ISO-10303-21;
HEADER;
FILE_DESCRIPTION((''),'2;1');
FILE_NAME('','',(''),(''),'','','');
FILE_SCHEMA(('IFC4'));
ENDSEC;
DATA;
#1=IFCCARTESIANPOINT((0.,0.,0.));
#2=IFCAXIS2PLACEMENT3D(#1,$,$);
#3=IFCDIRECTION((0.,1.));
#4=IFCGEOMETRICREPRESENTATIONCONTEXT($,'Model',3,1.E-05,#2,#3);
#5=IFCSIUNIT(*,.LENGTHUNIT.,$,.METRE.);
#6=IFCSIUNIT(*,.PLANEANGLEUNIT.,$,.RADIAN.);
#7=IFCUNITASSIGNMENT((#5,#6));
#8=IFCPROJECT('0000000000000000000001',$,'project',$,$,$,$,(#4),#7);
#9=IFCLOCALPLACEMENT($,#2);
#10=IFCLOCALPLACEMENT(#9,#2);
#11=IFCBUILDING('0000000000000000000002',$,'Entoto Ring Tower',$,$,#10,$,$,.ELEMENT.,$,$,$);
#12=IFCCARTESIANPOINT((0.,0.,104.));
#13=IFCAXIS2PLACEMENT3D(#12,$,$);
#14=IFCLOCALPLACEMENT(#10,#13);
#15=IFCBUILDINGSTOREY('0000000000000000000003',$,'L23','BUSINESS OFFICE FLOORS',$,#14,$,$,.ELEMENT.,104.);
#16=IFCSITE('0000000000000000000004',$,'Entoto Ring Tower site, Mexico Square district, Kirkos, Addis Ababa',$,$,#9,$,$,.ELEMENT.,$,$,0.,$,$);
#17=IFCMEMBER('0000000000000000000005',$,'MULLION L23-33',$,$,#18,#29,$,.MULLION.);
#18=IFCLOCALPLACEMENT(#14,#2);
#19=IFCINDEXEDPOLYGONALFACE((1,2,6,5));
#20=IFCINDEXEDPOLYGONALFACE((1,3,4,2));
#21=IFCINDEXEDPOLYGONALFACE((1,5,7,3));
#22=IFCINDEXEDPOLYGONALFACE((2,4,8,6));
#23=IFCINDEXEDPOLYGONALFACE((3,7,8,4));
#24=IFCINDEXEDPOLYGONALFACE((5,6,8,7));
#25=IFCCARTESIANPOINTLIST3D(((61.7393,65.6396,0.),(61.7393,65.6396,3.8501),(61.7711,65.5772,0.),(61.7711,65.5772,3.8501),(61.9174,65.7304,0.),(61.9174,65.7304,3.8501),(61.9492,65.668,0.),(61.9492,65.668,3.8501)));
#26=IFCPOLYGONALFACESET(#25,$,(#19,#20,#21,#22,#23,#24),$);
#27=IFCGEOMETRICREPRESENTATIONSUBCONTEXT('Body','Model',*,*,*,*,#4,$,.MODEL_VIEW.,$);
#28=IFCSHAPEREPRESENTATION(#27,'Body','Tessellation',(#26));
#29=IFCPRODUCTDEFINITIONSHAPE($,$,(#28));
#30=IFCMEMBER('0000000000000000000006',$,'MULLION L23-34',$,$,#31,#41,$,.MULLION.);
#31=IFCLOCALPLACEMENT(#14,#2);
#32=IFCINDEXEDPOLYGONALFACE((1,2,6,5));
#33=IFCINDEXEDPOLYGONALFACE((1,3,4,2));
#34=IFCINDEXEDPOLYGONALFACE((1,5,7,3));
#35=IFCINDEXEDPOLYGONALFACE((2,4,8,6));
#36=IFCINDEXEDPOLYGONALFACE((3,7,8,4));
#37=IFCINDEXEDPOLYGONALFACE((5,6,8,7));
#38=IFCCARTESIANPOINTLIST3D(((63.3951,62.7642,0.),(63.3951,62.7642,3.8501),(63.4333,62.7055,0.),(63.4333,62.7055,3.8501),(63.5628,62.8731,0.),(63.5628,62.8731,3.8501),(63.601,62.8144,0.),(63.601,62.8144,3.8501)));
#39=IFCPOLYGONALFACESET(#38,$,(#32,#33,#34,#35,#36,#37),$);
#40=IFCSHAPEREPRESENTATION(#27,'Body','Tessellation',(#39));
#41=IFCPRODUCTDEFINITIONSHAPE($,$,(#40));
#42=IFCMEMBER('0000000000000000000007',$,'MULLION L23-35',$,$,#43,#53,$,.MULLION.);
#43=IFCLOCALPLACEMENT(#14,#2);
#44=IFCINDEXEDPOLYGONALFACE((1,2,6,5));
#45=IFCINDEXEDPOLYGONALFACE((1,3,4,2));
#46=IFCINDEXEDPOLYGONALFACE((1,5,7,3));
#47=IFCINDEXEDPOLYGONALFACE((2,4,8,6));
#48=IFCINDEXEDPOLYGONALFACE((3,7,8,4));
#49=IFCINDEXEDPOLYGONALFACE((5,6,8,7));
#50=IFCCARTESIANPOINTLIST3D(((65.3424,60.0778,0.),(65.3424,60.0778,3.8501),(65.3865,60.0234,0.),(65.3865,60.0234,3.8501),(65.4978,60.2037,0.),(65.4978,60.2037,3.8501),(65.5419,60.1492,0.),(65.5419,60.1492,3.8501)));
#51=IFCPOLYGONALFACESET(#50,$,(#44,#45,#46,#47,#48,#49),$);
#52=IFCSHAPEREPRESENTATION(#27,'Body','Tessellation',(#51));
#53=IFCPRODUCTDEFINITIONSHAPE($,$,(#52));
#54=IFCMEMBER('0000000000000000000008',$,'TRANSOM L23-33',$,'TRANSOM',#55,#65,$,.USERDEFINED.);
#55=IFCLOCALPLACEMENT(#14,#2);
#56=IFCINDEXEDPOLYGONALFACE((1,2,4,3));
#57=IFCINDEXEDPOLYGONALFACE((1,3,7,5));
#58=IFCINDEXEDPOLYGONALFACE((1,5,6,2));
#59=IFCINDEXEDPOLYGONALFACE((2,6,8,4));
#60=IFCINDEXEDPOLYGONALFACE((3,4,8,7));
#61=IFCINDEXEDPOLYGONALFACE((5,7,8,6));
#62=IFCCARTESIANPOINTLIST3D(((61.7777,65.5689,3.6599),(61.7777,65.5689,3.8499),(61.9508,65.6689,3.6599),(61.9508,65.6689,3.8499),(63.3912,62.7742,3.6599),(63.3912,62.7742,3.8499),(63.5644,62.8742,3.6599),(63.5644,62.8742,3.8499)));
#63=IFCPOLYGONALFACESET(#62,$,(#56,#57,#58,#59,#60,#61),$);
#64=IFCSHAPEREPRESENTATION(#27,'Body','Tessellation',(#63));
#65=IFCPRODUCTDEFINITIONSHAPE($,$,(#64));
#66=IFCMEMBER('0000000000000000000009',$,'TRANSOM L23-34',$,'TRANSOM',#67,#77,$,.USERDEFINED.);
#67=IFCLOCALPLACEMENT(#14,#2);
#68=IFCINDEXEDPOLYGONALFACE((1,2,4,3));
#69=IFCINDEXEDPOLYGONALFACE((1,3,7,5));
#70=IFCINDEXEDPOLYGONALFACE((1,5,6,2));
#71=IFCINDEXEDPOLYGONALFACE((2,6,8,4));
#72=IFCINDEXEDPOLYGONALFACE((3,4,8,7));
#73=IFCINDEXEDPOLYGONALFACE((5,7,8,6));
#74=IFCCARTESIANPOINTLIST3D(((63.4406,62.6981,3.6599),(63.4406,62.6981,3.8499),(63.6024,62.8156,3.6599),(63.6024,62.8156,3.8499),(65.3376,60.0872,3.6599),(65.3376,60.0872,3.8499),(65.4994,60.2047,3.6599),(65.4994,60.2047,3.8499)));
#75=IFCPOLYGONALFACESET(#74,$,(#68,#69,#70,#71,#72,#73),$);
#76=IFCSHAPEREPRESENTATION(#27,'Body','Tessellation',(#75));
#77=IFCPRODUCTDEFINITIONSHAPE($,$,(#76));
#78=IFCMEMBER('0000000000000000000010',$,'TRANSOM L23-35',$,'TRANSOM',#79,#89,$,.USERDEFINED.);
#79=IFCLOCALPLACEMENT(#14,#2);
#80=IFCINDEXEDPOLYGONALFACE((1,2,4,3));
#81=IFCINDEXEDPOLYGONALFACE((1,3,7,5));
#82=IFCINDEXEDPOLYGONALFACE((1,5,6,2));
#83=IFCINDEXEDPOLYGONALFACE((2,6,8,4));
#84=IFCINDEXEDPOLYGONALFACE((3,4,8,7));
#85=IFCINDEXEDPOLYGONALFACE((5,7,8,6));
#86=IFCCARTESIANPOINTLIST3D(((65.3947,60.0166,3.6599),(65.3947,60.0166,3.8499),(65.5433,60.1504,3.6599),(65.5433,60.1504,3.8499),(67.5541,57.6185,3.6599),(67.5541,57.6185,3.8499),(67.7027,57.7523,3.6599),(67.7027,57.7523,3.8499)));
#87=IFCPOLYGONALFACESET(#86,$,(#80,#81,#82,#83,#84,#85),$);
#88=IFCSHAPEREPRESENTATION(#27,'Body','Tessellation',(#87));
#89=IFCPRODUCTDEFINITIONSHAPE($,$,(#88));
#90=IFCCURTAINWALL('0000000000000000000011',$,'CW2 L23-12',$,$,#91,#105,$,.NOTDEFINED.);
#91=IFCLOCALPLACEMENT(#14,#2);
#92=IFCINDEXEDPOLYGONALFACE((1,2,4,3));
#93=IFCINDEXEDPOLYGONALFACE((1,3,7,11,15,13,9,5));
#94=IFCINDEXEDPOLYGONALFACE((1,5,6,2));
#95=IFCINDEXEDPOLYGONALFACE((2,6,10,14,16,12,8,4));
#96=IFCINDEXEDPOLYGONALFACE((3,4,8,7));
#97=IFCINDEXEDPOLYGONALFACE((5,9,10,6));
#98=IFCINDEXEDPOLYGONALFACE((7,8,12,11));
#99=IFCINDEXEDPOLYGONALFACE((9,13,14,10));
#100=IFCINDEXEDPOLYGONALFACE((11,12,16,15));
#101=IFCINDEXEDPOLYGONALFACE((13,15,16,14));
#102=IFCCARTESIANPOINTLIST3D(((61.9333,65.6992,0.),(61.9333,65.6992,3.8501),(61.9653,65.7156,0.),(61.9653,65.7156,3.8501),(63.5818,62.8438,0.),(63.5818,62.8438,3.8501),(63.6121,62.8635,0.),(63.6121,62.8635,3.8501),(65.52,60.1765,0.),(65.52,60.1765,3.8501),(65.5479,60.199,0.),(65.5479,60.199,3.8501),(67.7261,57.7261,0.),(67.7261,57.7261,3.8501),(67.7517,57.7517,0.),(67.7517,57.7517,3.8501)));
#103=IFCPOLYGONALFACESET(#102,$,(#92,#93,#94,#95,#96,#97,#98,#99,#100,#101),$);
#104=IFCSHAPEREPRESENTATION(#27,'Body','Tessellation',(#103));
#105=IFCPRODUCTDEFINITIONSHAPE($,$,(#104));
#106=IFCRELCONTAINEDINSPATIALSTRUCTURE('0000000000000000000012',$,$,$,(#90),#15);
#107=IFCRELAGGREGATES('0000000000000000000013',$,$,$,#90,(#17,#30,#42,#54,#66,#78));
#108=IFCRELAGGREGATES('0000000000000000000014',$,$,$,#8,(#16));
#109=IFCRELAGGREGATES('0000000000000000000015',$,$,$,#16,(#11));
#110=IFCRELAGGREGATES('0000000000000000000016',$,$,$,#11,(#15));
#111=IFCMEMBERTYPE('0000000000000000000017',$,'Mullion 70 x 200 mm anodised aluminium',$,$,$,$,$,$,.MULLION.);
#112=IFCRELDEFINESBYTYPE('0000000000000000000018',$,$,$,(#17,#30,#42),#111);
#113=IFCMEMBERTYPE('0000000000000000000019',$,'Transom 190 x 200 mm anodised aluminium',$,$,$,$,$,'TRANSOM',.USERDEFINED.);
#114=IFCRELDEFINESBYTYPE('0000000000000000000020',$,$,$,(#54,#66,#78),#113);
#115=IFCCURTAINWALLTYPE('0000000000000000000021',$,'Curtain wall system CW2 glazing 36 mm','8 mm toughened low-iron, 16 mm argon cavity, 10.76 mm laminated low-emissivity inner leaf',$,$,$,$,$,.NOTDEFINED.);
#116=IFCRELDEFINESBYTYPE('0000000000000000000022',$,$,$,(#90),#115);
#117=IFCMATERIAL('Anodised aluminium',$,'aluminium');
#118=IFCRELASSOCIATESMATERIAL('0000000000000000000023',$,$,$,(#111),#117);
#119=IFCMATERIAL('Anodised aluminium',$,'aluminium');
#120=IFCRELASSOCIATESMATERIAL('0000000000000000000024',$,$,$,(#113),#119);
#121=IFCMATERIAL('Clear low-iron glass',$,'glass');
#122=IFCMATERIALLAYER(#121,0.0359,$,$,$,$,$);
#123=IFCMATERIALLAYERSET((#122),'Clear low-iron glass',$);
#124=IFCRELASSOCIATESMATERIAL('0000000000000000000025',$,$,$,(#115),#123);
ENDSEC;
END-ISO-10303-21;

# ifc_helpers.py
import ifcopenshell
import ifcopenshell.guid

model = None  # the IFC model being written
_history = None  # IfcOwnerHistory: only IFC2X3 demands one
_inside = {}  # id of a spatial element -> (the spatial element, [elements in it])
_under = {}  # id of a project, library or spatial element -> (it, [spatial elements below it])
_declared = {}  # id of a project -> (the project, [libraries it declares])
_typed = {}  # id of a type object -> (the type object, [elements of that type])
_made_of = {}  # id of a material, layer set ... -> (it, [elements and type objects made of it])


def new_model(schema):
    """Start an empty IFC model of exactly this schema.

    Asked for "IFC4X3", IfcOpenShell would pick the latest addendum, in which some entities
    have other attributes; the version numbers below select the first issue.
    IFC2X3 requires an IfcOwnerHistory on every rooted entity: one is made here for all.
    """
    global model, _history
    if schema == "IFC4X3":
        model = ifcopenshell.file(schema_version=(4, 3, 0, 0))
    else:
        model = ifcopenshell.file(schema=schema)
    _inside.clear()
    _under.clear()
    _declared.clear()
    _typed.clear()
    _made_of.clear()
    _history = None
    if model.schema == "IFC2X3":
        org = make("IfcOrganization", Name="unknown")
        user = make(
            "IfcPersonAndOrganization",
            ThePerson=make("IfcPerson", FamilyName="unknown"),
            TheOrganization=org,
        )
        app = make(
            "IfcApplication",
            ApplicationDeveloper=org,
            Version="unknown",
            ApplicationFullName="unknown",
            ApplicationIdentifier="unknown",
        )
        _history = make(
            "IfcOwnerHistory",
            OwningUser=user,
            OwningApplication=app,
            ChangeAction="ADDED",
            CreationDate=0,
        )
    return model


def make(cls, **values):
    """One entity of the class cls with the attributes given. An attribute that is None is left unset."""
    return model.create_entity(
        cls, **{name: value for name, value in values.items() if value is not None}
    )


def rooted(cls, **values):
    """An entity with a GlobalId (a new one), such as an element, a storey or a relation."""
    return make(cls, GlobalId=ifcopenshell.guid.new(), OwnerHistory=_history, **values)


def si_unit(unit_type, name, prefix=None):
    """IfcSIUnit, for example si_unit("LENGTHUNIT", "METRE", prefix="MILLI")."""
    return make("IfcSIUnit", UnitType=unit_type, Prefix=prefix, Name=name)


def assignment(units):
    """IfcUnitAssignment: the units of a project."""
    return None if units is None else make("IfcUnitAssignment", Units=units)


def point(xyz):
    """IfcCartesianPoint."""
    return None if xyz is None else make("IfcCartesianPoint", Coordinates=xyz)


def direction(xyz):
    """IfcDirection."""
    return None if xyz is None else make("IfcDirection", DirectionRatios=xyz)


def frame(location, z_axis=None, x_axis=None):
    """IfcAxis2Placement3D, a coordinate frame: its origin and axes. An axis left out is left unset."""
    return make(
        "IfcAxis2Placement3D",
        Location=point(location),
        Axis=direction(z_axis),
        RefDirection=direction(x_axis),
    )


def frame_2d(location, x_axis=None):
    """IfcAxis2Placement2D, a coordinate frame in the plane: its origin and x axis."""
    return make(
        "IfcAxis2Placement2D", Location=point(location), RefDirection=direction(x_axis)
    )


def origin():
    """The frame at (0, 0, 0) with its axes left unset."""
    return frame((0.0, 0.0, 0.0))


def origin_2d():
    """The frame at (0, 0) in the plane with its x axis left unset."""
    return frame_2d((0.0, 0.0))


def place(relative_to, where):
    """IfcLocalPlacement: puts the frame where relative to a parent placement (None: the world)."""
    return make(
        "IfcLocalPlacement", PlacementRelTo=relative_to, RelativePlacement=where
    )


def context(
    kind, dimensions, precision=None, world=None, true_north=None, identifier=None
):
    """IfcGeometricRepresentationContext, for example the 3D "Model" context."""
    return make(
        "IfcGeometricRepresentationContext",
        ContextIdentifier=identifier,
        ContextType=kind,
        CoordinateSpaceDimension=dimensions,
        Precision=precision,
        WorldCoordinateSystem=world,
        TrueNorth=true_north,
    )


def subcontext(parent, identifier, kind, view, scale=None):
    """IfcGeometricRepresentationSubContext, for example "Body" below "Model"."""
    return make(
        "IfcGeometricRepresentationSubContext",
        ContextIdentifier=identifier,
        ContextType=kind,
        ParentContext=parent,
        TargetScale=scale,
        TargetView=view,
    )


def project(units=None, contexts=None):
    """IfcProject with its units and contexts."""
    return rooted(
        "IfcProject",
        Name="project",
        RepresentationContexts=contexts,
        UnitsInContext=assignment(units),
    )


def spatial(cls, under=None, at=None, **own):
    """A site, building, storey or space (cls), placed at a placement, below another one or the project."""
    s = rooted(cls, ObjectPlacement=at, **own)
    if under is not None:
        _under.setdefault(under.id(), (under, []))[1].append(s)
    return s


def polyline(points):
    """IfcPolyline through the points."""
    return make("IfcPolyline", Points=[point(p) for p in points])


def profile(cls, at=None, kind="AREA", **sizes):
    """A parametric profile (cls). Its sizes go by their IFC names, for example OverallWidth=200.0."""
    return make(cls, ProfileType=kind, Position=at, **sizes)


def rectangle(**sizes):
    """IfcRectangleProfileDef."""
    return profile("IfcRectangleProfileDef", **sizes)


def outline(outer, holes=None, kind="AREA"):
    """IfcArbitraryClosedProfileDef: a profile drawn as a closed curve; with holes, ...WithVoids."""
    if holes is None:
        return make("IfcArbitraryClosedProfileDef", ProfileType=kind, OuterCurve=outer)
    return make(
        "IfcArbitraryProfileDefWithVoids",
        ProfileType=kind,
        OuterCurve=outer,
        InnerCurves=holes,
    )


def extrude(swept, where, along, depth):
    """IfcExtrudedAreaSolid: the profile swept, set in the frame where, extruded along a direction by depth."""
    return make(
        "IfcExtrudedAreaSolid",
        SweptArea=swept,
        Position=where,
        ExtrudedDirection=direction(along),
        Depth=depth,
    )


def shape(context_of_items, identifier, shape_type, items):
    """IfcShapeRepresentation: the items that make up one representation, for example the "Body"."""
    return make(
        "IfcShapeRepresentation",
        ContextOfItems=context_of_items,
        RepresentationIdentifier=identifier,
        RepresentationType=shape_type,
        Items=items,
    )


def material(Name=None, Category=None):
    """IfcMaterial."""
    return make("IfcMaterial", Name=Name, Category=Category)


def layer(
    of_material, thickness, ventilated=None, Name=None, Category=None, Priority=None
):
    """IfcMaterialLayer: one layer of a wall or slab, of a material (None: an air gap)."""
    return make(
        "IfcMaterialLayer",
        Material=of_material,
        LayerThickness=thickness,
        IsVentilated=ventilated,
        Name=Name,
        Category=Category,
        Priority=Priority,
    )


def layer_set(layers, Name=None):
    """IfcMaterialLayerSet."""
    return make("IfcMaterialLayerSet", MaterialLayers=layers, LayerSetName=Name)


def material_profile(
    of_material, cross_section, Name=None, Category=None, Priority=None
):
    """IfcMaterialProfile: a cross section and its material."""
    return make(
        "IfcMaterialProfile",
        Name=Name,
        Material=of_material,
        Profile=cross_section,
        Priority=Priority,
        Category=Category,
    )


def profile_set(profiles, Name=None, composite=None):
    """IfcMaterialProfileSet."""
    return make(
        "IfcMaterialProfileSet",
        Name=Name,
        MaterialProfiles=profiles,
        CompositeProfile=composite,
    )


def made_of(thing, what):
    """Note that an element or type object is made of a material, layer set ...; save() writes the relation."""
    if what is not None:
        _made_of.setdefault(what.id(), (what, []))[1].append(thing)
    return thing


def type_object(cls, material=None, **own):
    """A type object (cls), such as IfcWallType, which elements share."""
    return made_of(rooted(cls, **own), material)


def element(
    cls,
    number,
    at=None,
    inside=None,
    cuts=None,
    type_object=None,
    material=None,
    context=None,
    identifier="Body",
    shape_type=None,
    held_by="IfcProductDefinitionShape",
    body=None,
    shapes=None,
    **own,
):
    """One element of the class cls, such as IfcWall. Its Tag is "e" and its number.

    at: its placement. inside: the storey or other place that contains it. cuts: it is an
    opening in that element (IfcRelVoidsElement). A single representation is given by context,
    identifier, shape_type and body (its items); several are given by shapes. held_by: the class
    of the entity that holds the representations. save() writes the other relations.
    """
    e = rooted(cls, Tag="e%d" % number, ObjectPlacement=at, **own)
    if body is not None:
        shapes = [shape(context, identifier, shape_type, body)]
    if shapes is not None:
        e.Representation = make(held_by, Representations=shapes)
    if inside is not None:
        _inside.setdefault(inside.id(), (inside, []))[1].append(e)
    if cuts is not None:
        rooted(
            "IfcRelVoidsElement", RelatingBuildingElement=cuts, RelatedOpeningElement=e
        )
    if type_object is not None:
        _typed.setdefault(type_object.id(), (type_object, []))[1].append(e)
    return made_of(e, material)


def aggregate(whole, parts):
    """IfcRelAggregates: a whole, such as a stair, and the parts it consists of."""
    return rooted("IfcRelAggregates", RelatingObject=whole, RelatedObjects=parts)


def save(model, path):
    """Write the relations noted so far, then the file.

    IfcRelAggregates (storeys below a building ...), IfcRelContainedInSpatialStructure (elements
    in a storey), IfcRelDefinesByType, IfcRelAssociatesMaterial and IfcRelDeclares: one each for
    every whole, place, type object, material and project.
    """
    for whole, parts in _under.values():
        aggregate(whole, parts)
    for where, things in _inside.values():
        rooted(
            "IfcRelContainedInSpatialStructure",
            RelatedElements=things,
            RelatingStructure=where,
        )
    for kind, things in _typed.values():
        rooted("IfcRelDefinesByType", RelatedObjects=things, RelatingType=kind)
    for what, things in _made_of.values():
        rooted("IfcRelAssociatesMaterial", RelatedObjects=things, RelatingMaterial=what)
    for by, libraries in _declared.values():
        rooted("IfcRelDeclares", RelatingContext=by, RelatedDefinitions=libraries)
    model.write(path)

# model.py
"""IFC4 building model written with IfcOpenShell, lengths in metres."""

from ifc_helpers import new_model, si_unit, direction, frame, origin, origin_2d, place, context, subcontext, project, spatial, polyline, rectangle, outline, extrude, material, layer, layer_set, material_profile, profile_set, type_object, element, aggregate, save


model = new_model("IFC4")

# Units and contexts
model_context = context("Model", 3, precision=1e-05, world=origin(), true_north=direction((0.0, 1.0)))
body_context = subcontext(model_context, "Body", "Model", "MODEL_VIEW")
ifc_project = project(units=[si_unit("LENGTHUNIT", "METRE"), si_unit("PLANEANGLEUNIT", "RADIAN")], contexts=[model_context])

# Members
ifc_material_1 = material(Name="Anodised aluminium", Category="aluminium")
ifc_material_profile_1 = material_profile(ifc_material_1, rectangle(XDim=0.0701, YDim=0.2, at=origin_2d()), Name="Mullion 70 x 200 mm anodised aluminium")
ifc_profile_set_1 = profile_set([ifc_material_profile_1], Name="Anodised aluminium")
member_type_1 = type_object("IfcMemberType", Name="Mullion 70 x 200 mm anodised aluminium", PredefinedType="MULLION", material=ifc_profile_set_1)
site_placement = place(None, origin())
building_placement = place(site_placement, origin())
storey_placement = place(building_placement, frame((0.0, 0.0, 104.0)))
member_1_placement = place(storey_placement, frame((61.8442, 65.6538, 0.0), z_axis=(0.0, 0.0, 1.0), x_axis=(0.45399, -0.891007, 0.0)))
member_1 = element("IfcMember", 1, at=member_1_placement, type_object=member_type_1, Name="MULLION L23-33", PredefinedType="MULLION", context=body_context, shape_type="SweptSolid", body=[
    extrude(rectangle(XDim=0.0701, YDim=0.2, at=origin_2d()), origin(), (0.0, 0.0, 1.0), 3.8501),
])
member_2_placement = place(storey_placement, frame((63.498, 62.7893, 0.0), z_axis=(0.0, 0.0, 1.0), x_axis=(0.544639, -0.838671, 0.0)))
member_2 = element("IfcMember", 2, at=member_2_placement, type_object=member_type_1, Name="MULLION L23-34", PredefinedType="MULLION", context=body_context, shape_type="SweptSolid", body=[
    extrude(rectangle(XDim=0.0701, YDim=0.2, at=origin_2d()), origin(), (0.0, 0.0, 1.0), 3.8501),
])
member_3_placement = place(storey_placement, frame((65.4421, 60.1135, 0.0), z_axis=(0.0, 0.0, 1.0), x_axis=(0.62932, -0.777146, 0.0)))
member_3 = element("IfcMember", 3, at=member_3_placement, type_object=member_type_1, Name="MULLION L23-35", PredefinedType="MULLION", context=body_context, shape_type="SweptSolid", body=[
    extrude(rectangle(XDim=0.0701, YDim=0.2, at=origin_2d()), origin(), (0.0, 0.0, 1.0), 3.8501),
])
ifc_material_2 = material(Name="Anodised aluminium", Category="aluminium")
ifc_material_profile_2 = material_profile(ifc_material_2, rectangle(XDim=0.2, YDim=0.1899, at=origin_2d()), Name="Transom 190 x 200 mm anodised aluminium")
ifc_profile_set_2 = profile_set([ifc_material_profile_2], Name="Anodised aluminium")
member_type_2 = type_object("IfcMemberType", Name="Transom 190 x 200 mm anodised aluminium", ElementType="TRANSOM", PredefinedType="USERDEFINED", material=ifc_profile_set_2)
member_4_placement = place(storey_placement, frame((61.8643, 65.6189, 3.7549), z_axis=(0.500004, -0.866023, 0.0), x_axis=(0.866023, 0.500004, 0.0)))
member_4 = element("IfcMember", 4, at=member_4_placement, type_object=member_type_2, Name="TRANSOM L23-33", ObjectType="TRANSOM", PredefinedType="USERDEFINED", context=body_context, shape_type="SweptSolid", body=[
    extrude(rectangle(XDim=0.2, YDim=0.1899, at=origin_2d()), origin(), (0.0, 0.0, 1.0), 3.2271),
])
member_5_placement = place(storey_placement, frame((63.5215, 62.7568, 3.7549), z_axis=(0.587803, -0.809004, 0.0), x_axis=(0.809004, 0.587803, 0.0)))
member_5 = element("IfcMember", 5, at=member_5_placement, type_object=member_type_2, Name="TRANSOM L23-34", ObjectType="TRANSOM", PredefinedType="USERDEFINED", context=body_context, shape_type="SweptSolid", body=[
    extrude(rectangle(XDim=0.2, YDim=0.1899, at=origin_2d()), origin(), (0.0, 0.0, 1.0), 3.2273),
])
member_6_placement = place(storey_placement, frame((65.469, 60.0835, 3.7549), z_axis=(0.669144, -0.743132, 0.0), x_axis=(0.743132, 0.669144, 0.0)))
member_6 = element("IfcMember", 6, at=member_6_placement, type_object=member_type_2, Name="TRANSOM L23-35", ObjectType="TRANSOM", PredefinedType="USERDEFINED", context=body_context, shape_type="SweptSolid", body=[
    extrude(rectangle(XDim=0.2, YDim=0.1899, at=origin_2d()), origin(), (0.0, 0.0, 1.0), 3.2271),
])

# Site, building, storey
site = spatial("IfcSite", under=ifc_project, at=site_placement, Name="Entoto Ring Tower site, Mexico Square district, Kirkos, Addis Ababa", CompositionType="ELEMENT", RefElevation=0.0)
building = spatial("IfcBuilding", under=site, at=building_placement, Name="Entoto Ring Tower", CompositionType="ELEMENT")
storey = spatial("IfcBuildingStorey", under=building, at=storey_placement, Name="L23", Description="BUSINESS OFFICE FLOORS", CompositionType="ELEMENT", Elevation=104.0)

# Curtain wall
ifc_material_3 = material(Name="Clear low-iron glass", Category="glass")
ifc_layer = layer(ifc_material_3, 0.0359)
ifc_layer_set = layer_set([ifc_layer], Name="Clear low-iron glass")
curtain_wall_type = type_object("IfcCurtainWallType", Name="Curtain wall system CW2 glazing 36 mm", Description="8 mm toughened low-iron, 16 mm argon cavity, 10.76 mm laminated low-emissivity inner leaf", PredefinedType="NOTDEFINED", material=ifc_layer_set)
curtain_wall_1_placement = place(storey_placement, origin())
curtain_wall_1 = element("IfcCurtainWall", 7, at=curtain_wall_1_placement, inside=storey, type_object=curtain_wall_type, Name="CW2 L23-12", PredefinedType="NOTDEFINED", context=body_context, shape_type="SweptSolid", body=[
    extrude(outline(polyline([(61.9333, 65.6992), (63.5818, 62.8438), (65.52, 60.1765), (67.7261, 57.7261), (67.7517, 57.7517), (65.5479, 60.199), (63.6121, 62.8635), (61.9653, 65.7156), (61.9333, 65.6992)])), origin(), (0.0, 0.0, 1.0), 3.8501),
])
aggregate(curtain_wall_1, [member_1, member_2, member_3, member_4, member_5, member_6])

save(model, "model.ifc")
